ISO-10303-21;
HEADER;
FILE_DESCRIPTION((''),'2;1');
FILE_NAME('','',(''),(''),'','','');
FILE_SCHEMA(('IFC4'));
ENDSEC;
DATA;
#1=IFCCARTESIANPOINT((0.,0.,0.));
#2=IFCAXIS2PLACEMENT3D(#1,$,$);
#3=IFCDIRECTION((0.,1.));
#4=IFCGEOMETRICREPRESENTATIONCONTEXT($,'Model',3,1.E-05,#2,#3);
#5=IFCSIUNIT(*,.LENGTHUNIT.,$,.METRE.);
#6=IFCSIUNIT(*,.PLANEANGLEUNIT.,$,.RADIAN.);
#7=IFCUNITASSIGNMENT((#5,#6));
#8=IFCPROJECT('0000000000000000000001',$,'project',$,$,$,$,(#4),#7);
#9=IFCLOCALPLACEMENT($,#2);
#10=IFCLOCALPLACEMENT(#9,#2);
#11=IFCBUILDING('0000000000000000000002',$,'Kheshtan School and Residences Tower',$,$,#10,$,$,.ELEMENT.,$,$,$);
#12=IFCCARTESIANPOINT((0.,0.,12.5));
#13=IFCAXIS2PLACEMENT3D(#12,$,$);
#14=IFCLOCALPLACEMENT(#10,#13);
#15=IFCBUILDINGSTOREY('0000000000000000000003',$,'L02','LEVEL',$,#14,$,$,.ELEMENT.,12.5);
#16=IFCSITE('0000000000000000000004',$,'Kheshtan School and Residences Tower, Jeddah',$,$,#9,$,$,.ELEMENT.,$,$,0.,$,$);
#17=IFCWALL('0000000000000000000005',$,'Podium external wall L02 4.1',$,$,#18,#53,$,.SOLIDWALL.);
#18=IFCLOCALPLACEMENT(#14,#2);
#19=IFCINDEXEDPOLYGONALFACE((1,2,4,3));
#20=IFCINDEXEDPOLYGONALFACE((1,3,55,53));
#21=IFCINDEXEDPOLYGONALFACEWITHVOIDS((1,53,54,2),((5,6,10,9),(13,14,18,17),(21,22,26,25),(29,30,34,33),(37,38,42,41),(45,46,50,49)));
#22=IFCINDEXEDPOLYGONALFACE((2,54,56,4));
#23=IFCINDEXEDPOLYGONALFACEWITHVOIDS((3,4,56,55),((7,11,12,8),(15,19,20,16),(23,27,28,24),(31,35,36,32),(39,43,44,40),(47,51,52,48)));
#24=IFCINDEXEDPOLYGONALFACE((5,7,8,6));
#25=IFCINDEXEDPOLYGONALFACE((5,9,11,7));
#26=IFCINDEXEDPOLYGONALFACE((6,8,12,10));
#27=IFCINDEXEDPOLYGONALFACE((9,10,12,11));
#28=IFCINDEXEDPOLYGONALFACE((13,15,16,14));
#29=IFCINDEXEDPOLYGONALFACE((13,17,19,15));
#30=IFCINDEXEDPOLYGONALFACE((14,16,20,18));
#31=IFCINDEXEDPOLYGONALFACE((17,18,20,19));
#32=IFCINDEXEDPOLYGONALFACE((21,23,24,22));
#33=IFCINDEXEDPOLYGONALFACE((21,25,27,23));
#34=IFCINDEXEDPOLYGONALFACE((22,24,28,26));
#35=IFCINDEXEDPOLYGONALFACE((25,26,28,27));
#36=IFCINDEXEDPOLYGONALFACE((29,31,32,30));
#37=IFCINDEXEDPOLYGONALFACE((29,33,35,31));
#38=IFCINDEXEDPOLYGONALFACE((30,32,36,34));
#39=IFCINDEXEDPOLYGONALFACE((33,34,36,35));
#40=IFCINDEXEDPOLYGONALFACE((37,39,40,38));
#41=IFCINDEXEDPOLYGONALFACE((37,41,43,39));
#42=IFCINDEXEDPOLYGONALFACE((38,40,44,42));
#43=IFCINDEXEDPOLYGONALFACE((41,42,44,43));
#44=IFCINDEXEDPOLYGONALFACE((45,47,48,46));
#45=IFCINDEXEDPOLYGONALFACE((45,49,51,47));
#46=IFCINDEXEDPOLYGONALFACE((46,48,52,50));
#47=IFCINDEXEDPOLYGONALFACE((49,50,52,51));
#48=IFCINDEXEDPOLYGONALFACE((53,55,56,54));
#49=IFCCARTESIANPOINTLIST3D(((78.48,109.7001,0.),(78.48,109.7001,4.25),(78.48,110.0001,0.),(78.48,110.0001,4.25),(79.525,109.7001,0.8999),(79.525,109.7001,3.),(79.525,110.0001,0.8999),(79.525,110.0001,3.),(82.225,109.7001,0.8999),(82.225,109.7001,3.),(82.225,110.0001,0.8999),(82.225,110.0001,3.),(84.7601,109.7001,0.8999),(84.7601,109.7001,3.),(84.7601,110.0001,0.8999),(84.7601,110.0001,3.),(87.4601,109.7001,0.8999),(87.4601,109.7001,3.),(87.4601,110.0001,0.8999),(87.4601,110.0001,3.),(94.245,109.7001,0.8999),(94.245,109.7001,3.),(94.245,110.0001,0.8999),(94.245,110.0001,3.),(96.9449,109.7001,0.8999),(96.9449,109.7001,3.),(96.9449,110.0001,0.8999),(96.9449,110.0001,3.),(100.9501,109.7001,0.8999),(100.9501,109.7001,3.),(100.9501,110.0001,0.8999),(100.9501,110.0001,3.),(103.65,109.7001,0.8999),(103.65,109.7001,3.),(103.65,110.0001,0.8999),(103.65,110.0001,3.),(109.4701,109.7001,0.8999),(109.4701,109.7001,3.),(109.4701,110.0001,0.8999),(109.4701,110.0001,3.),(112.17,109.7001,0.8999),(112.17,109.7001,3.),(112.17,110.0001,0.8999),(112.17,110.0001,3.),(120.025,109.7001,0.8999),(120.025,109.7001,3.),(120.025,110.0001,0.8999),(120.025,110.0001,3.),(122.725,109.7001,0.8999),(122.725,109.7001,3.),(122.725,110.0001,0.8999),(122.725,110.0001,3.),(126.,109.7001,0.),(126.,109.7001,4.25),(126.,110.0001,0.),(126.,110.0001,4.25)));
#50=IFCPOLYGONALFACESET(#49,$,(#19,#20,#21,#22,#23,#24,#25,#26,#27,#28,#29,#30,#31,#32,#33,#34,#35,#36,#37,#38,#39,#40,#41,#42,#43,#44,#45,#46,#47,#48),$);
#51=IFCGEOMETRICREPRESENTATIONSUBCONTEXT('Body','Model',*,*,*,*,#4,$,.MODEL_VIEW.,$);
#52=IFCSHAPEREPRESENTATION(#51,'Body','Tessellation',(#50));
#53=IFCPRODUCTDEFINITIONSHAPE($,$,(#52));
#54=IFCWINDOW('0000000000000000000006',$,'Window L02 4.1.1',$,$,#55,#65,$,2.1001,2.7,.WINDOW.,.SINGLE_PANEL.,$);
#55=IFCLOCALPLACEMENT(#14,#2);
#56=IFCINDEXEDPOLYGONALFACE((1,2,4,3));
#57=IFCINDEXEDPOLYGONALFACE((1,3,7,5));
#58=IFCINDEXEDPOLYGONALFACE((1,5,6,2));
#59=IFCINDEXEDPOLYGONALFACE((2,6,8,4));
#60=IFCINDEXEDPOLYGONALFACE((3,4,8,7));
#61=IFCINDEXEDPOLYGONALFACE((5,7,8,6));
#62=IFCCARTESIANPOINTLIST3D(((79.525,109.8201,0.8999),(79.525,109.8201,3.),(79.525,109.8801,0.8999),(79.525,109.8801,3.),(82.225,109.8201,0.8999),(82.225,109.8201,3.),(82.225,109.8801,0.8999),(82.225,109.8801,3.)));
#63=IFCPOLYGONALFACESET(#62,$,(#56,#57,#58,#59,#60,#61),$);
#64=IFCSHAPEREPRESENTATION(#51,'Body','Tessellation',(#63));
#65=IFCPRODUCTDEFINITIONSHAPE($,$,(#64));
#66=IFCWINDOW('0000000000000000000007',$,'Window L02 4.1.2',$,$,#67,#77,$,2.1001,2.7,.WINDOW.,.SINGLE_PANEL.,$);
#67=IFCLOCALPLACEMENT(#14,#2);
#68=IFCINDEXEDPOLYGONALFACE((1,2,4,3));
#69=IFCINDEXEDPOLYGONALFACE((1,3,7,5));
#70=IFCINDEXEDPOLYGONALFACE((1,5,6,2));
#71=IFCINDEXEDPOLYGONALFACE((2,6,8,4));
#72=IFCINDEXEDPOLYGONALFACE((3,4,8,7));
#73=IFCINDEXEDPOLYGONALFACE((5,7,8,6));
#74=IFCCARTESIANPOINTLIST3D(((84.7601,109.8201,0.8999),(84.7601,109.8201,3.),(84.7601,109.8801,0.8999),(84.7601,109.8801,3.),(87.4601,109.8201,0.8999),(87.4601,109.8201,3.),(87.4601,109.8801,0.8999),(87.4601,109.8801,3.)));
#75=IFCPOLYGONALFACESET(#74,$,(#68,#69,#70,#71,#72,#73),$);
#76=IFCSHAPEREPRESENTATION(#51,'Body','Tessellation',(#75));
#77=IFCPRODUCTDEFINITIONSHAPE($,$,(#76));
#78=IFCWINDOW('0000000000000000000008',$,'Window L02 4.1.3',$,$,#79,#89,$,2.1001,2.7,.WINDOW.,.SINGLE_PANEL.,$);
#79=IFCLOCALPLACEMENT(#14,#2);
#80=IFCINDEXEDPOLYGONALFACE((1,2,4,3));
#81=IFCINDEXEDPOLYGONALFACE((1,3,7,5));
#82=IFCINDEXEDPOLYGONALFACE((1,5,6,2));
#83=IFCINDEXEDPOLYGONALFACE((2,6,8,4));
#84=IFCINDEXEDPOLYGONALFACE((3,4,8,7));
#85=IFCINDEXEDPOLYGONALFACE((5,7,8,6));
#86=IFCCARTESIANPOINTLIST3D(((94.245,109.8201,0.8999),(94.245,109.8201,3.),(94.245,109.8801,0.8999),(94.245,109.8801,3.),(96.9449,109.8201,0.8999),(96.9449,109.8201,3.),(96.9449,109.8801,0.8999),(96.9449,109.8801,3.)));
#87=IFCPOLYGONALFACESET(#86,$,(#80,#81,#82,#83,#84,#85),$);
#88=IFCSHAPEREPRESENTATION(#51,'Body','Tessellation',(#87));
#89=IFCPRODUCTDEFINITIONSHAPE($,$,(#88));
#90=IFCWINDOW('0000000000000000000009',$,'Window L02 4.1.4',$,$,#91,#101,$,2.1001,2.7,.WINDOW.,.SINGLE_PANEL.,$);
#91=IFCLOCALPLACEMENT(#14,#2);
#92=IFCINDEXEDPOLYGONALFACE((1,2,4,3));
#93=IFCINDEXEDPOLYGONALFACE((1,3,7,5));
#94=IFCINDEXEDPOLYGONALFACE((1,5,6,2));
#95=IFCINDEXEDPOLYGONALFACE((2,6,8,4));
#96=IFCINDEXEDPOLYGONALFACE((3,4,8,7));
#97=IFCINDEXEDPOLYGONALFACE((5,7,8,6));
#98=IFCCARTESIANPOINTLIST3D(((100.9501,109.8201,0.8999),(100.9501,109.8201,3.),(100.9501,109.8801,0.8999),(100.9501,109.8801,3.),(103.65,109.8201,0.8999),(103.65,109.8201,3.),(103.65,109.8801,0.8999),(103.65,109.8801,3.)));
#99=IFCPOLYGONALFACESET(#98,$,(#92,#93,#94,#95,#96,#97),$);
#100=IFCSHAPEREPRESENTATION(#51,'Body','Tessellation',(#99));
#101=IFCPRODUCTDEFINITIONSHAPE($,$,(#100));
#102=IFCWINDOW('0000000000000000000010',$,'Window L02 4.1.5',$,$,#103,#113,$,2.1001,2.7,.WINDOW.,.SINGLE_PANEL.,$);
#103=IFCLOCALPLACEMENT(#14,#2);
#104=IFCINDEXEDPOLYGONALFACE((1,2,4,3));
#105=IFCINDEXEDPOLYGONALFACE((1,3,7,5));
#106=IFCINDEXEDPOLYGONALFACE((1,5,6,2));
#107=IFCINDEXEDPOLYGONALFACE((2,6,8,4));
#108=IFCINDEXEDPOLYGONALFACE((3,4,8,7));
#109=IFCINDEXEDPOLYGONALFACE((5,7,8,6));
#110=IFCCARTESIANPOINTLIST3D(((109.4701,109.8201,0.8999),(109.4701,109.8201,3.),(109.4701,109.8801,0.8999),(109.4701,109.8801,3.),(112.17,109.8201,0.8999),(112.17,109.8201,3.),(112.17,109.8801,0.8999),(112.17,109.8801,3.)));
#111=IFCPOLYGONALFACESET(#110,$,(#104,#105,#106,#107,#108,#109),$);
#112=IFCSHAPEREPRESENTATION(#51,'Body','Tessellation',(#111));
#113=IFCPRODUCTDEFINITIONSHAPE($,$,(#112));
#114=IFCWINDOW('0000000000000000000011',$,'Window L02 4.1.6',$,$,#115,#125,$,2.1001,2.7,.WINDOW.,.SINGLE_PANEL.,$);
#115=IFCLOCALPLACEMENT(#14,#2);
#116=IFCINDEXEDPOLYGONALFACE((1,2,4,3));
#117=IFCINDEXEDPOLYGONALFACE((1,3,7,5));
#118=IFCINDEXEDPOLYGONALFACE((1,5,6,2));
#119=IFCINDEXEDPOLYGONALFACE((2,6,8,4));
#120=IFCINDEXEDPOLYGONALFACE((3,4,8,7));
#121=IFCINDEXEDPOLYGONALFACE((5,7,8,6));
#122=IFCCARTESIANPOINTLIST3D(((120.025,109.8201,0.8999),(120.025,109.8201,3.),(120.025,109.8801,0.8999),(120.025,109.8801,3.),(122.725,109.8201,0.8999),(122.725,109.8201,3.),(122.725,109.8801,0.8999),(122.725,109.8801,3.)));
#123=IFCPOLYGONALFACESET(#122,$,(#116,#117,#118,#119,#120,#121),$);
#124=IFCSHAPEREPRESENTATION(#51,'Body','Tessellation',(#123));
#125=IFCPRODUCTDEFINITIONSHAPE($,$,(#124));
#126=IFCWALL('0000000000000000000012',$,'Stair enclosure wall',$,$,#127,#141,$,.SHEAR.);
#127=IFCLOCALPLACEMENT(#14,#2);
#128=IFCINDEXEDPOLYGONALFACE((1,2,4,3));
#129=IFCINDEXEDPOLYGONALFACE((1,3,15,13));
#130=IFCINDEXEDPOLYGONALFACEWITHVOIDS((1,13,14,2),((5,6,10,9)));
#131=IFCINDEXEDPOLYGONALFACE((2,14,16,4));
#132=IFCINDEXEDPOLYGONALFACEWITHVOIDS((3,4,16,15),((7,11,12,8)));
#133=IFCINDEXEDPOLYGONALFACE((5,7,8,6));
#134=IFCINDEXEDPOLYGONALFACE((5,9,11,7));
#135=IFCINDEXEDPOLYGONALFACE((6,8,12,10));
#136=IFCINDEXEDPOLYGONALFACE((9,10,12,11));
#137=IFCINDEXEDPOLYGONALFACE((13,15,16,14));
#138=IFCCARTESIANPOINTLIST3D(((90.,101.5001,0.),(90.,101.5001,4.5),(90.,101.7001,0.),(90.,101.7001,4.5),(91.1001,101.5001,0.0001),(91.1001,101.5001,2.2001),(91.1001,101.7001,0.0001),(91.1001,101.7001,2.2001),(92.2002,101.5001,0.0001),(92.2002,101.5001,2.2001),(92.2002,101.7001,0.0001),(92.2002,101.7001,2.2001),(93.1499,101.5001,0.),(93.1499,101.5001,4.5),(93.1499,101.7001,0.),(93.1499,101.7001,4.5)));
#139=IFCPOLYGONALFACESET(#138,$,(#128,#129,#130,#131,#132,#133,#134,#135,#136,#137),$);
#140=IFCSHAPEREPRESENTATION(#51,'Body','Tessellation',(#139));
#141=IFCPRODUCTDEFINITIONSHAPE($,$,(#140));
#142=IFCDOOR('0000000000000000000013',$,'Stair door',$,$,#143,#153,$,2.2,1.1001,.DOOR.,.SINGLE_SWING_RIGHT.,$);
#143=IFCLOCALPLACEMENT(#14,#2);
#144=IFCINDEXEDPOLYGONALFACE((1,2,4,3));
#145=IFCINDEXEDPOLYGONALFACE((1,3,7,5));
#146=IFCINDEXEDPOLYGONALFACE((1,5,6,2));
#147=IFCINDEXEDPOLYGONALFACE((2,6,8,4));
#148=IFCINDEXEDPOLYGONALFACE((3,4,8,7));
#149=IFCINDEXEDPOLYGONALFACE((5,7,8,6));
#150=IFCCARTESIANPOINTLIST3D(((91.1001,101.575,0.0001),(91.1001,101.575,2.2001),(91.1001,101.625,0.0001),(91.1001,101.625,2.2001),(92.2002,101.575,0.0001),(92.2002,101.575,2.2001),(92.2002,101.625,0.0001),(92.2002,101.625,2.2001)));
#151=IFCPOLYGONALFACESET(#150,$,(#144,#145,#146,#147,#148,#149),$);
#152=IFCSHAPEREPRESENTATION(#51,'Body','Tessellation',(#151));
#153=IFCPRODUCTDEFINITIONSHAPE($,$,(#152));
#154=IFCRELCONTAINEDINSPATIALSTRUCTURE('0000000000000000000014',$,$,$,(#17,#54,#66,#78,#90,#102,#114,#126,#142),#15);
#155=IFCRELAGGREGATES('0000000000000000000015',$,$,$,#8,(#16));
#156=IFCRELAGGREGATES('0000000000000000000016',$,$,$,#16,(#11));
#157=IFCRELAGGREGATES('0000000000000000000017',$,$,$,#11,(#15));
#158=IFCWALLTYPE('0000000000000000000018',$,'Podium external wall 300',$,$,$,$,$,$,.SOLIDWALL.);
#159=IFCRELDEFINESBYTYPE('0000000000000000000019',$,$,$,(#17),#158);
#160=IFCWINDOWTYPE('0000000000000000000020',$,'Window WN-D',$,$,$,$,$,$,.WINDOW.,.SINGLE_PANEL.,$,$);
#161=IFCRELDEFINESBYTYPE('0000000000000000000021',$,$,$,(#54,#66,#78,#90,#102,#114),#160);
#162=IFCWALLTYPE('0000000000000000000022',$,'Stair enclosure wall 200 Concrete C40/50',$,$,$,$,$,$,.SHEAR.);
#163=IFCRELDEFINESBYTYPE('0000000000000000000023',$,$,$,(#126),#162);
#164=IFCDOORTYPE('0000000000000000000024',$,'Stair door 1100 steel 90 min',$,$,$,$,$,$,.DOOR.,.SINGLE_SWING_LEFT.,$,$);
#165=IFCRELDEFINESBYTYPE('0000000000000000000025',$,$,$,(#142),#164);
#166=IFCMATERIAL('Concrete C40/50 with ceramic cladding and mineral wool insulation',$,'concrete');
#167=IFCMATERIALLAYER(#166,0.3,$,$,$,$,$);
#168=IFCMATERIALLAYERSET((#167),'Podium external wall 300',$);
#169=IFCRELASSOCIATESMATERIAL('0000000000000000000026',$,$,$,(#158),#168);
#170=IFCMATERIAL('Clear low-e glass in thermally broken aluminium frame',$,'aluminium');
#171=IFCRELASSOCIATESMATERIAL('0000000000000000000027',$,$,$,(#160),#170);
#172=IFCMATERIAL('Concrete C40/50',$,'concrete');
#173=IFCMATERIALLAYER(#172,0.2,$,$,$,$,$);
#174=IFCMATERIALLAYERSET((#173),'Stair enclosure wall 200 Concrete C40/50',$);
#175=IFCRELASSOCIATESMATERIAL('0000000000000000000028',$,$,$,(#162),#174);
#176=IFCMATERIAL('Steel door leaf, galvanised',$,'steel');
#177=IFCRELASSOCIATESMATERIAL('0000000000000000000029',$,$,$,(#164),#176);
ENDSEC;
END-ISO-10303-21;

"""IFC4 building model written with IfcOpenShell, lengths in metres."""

from ifc_helpers import new_model, si_unit, direction, frame, frame_2d, origin, place, context, subcontext, project, spatial, rectangle, extrude, source, transform, mapped, material, layer, layer_set, type_object, element, fill, save


model = new_model("IFC4")

# Units and contexts
model_context = context("Model", 3, precision=1e-05, world=origin(), true_north=direction((0.0, 1.0)))
body_context = subcontext(model_context, "Body", "Model", "MODEL_VIEW")
ifc_project = project(units=[si_unit("LENGTHUNIT", "METRE"), si_unit("PLANEANGLEUNIT", "RADIAN")], contexts=[model_context])

# Site, building, storey
site_placement = place(None, origin())
site = spatial("IfcSite", under=ifc_project, at=site_placement, Name="Kheshtan School and Residences Tower, Jeddah", CompositionType="ELEMENT", RefElevation=0.0)
building_placement = place(site_placement, origin())
building = spatial("IfcBuilding", under=site, at=building_placement, Name="Kheshtan School and Residences Tower", CompositionType="ELEMENT")
storey_placement = place(building_placement, frame((0.0, 0.0, 12.5)))
storey = spatial("IfcBuildingStorey", under=building, at=storey_placement, Name="L02", Description="LEVEL", CompositionType="ELEMENT", Elevation=12.5)

# Shared definitions
ifc_material_1 = material(Name="Clear low-e glass in thermally broken aluminium frame", Category="aluminium")

# Wall, openings, windows
ifc_material_2 = material(Name="Concrete C40/50 with ceramic cladding and mineral wool insulation", Category="concrete")
ifc_layer_1 = layer(ifc_material_2, 0.3)
ifc_layer_set_1 = layer_set([ifc_layer_1], Name="Podium external wall 300")
wall_type_1 = type_object("IfcWallType", Name="Podium external wall 300", PredefinedType="SOLIDWALL", material=ifc_layer_set_1)
wall_1_placement = place(storey_placement, frame((78.48, 109.8501, 0.0), z_axis=(0.0, 0.0, 1.0), x_axis=(1.0, 0.0, 0.0)))
wall_1 = element("IfcWall", 1, at=wall_1_placement, inside=storey, type_object=wall_type_1, Name="Podium external wall L02 4.1", PredefinedType="SOLIDWALL", context=body_context, shape_type="SweptSolid", body=[
    extrude(rectangle(XDim=47.52, YDim=0.3, at=frame_2d((23.76, 0.0))), origin(), (0.0, 0.0, 1.0), 4.25),
])
opening_1_placement = place(wall_1_placement, frame((1.0449, 0.0, 0.8999)))
opening_1 = element("IfcOpeningElement", 2, at=opening_1_placement, cuts=wall_1, PredefinedType="OPENING", context=body_context, shape_type="SweptSolid", body=[
    extrude(rectangle(XDim=2.7, YDim=2.1001, at=frame_2d((1.3501, 1.05))), frame((0.0, 0.1602, 0.0), z_axis=(0.0, -1.0, 0.0), x_axis=(1.0, 0.0, 0.0)), (0.0, 0.0, 1.0), 0.3201),
])
opening_2_placement = place(wall_1_placement, frame((6.28, 0.0, 0.8999)))
opening_2 = element("IfcOpeningElement", 3, at=opening_2_placement, cuts=wall_1, PredefinedType="OPENING", context=body_context, shape_type="SweptSolid", body=[
    extrude(rectangle(XDim=2.7, YDim=2.1001, at=frame_2d((1.3501, 1.05))), frame((0.0, 0.1602, 0.0), z_axis=(0.0, -1.0, 0.0), x_axis=(1.0, 0.0, 0.0)), (0.0, 0.0, 1.0), 0.3201),
])
opening_3_placement = place(wall_1_placement, frame((15.7649, 0.0, 0.8999)))
opening_3 = element("IfcOpeningElement", 4, at=opening_3_placement, cuts=wall_1, PredefinedType="OPENING", context=body_context, shape_type="SweptSolid", body=[
    extrude(rectangle(XDim=2.7, YDim=2.1001, at=frame_2d((1.3501, 1.05))), frame((0.0, 0.1602, 0.0), z_axis=(0.0, -1.0, 0.0), x_axis=(1.0, 0.0, 0.0)), (0.0, 0.0, 1.0), 0.3201),
])
opening_4_placement = place(wall_1_placement, frame((22.47, 0.0, 0.8999)))
opening_4 = element("IfcOpeningElement", 5, at=opening_4_placement, cuts=wall_1, PredefinedType="OPENING", context=body_context, shape_type="SweptSolid", body=[
    extrude(rectangle(XDim=2.7, YDim=2.1001, at=frame_2d((1.3501, 1.05))), frame((0.0, 0.1602, 0.0), z_axis=(0.0, -1.0, 0.0), x_axis=(1.0, 0.0, 0.0)), (0.0, 0.0, 1.0), 0.3201),
])
opening_5_placement = place(wall_1_placement, frame((30.99, 0.0, 0.8999)))
opening_5 = element("IfcOpeningElement", 6, at=opening_5_placement, cuts=wall_1, PredefinedType="OPENING", context=body_context, shape_type="SweptSolid", body=[
    extrude(rectangle(XDim=2.7, YDim=2.1001, at=frame_2d((1.3501, 1.05))), frame((0.0, 0.1602, 0.0), z_axis=(0.0, -1.0, 0.0), x_axis=(1.0, 0.0, 0.0)), (0.0, 0.0, 1.0), 0.3201),
])
opening_6_placement = place(wall_1_placement, frame((41.5449, 0.0, 0.8999)))
opening_6 = element("IfcOpeningElement", 7, at=opening_6_placement, cuts=wall_1, PredefinedType="OPENING", context=body_context, shape_type="SweptSolid", body=[
    extrude(rectangle(XDim=2.7, YDim=2.1001, at=frame_2d((1.3501, 1.05))), frame((0.0, 0.1602, 0.0), z_axis=(0.0, -1.0, 0.0), x_axis=(1.0, 0.0, 0.0)), (0.0, 0.0, 1.0), 0.3201),
])
window_type = type_object("IfcWindowType", Name="Window WN-D", PartitioningType="SINGLE_PANEL", PredefinedType="WINDOW", material=ifc_material_1)
shared_shape_1 = source(origin(), body_context, "Body", "SweptSolid", [
    extrude(rectangle(XDim=2.7, YDim=2.1001, at=frame_2d((1.3501, 1.05))), frame((0.0, 0.03, 0.0), z_axis=(0.0, -1.0, 0.0), x_axis=(1.0, 0.0, 0.0)), (0.0, 0.0, 1.0), 0.0601),
])
window_1_placement = place(opening_1_placement, origin())
window_1 = element("IfcWindow", 8, at=window_1_placement, inside=storey, type_object=window_type, Name="Window L02 4.1.1", OverallHeight=2.1001, OverallWidth=2.7, PartitioningType="SINGLE_PANEL", PredefinedType="WINDOW", context=body_context, shape_type="MappedRepresentation", body=[
    mapped(shared_shape_1, transform((0.0, 0.0, 0.0), x_axis=(1.0, 0.0, 0.0), y_axis=(0.0, 1.0, 0.0), z_axis=(0.0, 0.0, 1.0), scale=1.0)),
])
fill(opening_1, window_1)
window_2_placement = place(opening_2_placement, origin())
window_2 = element("IfcWindow", 9, at=window_2_placement, inside=storey, type_object=window_type, Name="Window L02 4.1.2", OverallHeight=2.1001, OverallWidth=2.7, PartitioningType="SINGLE_PANEL", PredefinedType="WINDOW", context=body_context, shape_type="MappedRepresentation", body=[
    mapped(shared_shape_1, transform((0.0, 0.0, 0.0), x_axis=(1.0, 0.0, 0.0), y_axis=(0.0, 1.0, 0.0), z_axis=(0.0, 0.0, 1.0), scale=1.0)),
])
fill(opening_2, window_2)
window_3_placement = place(opening_3_placement, origin())
window_3 = element("IfcWindow", 10, at=window_3_placement, inside=storey, type_object=window_type, Name="Window L02 4.1.3", OverallHeight=2.1001, OverallWidth=2.7, PartitioningType="SINGLE_PANEL", PredefinedType="WINDOW", context=body_context, shape_type="MappedRepresentation", body=[
    mapped(shared_shape_1, transform((0.0, 0.0, 0.0), x_axis=(1.0, 0.0, 0.0), y_axis=(0.0, 1.0, 0.0), z_axis=(0.0, 0.0, 1.0), scale=1.0)),
])
fill(opening_3, window_3)
window_4_placement = place(opening_4_placement, origin())
window_4 = element("IfcWindow", 11, at=window_4_placement, inside=storey, type_object=window_type, Name="Window L02 4.1.4", OverallHeight=2.1001, OverallWidth=2.7, PartitioningType="SINGLE_PANEL", PredefinedType="WINDOW", context=body_context, shape_type="MappedRepresentation", body=[
    mapped(shared_shape_1, transform((0.0, 0.0, 0.0), x_axis=(1.0, 0.0, 0.0), y_axis=(0.0, 1.0, 0.0), z_axis=(0.0, 0.0, 1.0), scale=1.0)),
])
fill(opening_4, window_4)
window_5_placement = place(opening_5_placement, origin())
window_5 = element("IfcWindow", 12, at=window_5_placement, inside=storey, type_object=window_type, Name="Window L02 4.1.5", OverallHeight=2.1001, OverallWidth=2.7, PartitioningType="SINGLE_PANEL", PredefinedType="WINDOW", context=body_context, shape_type="MappedRepresentation", body=[
    mapped(shared_shape_1, transform((0.0, 0.0, 0.0), x_axis=(1.0, 0.0, 0.0), y_axis=(0.0, 1.0, 0.0), z_axis=(0.0, 0.0, 1.0), scale=1.0)),
])
fill(opening_5, window_5)
window_6_placement = place(opening_6_placement, origin())
window_6 = element("IfcWindow", 13, at=window_6_placement, inside=storey, type_object=window_type, Name="Window L02 4.1.6", OverallHeight=2.1001, OverallWidth=2.7, PartitioningType="SINGLE_PANEL", PredefinedType="WINDOW", context=body_context, shape_type="MappedRepresentation", body=[
    mapped(shared_shape_1, transform((0.0, 0.0, 0.0), x_axis=(1.0, 0.0, 0.0), y_axis=(0.0, 1.0, 0.0), z_axis=(0.0, 0.0, 1.0), scale=1.0)),
])
fill(opening_6, window_6)

# Wall, opening, door
ifc_material_3 = material(Name="Concrete C40/50", Category="concrete")
ifc_layer_2 = layer(ifc_material_3, 0.2)
ifc_layer_set_2 = layer_set([ifc_layer_2], Name="Stair enclosure wall 200 Concrete C40/50")
wall_type_2 = type_object("IfcWallType", Name="Stair enclosure wall 200 Concrete C40/50", PredefinedType="SHEAR", material=ifc_layer_set_2)
wall_2_placement = place(storey_placement, frame((90.0, 101.6001, 0.0), z_axis=(0.0, 0.0, 1.0), x_axis=(1.0, 0.0, 0.0)))
wall_2 = element("IfcWall", 14, at=wall_2_placement, inside=storey, type_object=wall_type_2, Name="Stair enclosure wall", PredefinedType="SHEAR", context=body_context, shape_type="SweptSolid", body=[
    extrude(rectangle(XDim=3.1499, YDim=0.2, at=frame_2d((1.575, 0.0))), origin(), (0.0, 0.0, 1.0), 4.5),
])
opening_7_placement = place(wall_2_placement, frame((1.1001, 0.0, 0.0)))
opening_7 = element("IfcOpeningElement", 15, at=opening_7_placement, cuts=wall_2, PredefinedType="OPENING", context=body_context, shape_type="SweptSolid", body=[
    extrude(rectangle(XDim=1.1001, YDim=2.2, at=frame_2d((0.55, 1.1001))), frame((0.0, 0.1099, 0.0), z_axis=(0.0, -1.0, 0.0), x_axis=(1.0, 0.0, 0.0)), (0.0, 0.0, 1.0), 0.22),
])
ifc_material_4 = material(Name="Steel door leaf, galvanised", Category="steel")
door_type = type_object("IfcDoorType", Name="Stair door 1100 steel 90 min", OperationType="SINGLE_SWING_LEFT", PredefinedType="DOOR", material=ifc_material_4)
shared_shape_2 = source(origin(), body_context, "Body", "SweptSolid", [
    extrude(rectangle(XDim=1.1001, YDim=2.2, at=frame_2d((0.55, 1.1001))), frame((0.0, 0.0249, 0.0), z_axis=(0.0, -1.0, 0.0), x_axis=(1.0, 0.0, 0.0)), (0.0, 0.0, 1.0), 0.05),
])
door_placement = place(opening_7_placement, origin())
door = element("IfcDoor", 16, at=door_placement, inside=storey, type_object=door_type, Name="Stair door", OperationType="SINGLE_SWING_RIGHT", OverallHeight=2.2, OverallWidth=1.1001, PredefinedType="DOOR", context=body_context, shape_type="MappedRepresentation", body=[
    mapped(shared_shape_2, transform((0.0, 0.0, 0.0), x_axis=(1.0, 0.0, 0.0), y_axis=(0.0, 1.0, 0.0), z_axis=(0.0, 0.0, 1.0), scale=1.0)),
])
fill(opening_7, door)

save(model, "model.ifc")
